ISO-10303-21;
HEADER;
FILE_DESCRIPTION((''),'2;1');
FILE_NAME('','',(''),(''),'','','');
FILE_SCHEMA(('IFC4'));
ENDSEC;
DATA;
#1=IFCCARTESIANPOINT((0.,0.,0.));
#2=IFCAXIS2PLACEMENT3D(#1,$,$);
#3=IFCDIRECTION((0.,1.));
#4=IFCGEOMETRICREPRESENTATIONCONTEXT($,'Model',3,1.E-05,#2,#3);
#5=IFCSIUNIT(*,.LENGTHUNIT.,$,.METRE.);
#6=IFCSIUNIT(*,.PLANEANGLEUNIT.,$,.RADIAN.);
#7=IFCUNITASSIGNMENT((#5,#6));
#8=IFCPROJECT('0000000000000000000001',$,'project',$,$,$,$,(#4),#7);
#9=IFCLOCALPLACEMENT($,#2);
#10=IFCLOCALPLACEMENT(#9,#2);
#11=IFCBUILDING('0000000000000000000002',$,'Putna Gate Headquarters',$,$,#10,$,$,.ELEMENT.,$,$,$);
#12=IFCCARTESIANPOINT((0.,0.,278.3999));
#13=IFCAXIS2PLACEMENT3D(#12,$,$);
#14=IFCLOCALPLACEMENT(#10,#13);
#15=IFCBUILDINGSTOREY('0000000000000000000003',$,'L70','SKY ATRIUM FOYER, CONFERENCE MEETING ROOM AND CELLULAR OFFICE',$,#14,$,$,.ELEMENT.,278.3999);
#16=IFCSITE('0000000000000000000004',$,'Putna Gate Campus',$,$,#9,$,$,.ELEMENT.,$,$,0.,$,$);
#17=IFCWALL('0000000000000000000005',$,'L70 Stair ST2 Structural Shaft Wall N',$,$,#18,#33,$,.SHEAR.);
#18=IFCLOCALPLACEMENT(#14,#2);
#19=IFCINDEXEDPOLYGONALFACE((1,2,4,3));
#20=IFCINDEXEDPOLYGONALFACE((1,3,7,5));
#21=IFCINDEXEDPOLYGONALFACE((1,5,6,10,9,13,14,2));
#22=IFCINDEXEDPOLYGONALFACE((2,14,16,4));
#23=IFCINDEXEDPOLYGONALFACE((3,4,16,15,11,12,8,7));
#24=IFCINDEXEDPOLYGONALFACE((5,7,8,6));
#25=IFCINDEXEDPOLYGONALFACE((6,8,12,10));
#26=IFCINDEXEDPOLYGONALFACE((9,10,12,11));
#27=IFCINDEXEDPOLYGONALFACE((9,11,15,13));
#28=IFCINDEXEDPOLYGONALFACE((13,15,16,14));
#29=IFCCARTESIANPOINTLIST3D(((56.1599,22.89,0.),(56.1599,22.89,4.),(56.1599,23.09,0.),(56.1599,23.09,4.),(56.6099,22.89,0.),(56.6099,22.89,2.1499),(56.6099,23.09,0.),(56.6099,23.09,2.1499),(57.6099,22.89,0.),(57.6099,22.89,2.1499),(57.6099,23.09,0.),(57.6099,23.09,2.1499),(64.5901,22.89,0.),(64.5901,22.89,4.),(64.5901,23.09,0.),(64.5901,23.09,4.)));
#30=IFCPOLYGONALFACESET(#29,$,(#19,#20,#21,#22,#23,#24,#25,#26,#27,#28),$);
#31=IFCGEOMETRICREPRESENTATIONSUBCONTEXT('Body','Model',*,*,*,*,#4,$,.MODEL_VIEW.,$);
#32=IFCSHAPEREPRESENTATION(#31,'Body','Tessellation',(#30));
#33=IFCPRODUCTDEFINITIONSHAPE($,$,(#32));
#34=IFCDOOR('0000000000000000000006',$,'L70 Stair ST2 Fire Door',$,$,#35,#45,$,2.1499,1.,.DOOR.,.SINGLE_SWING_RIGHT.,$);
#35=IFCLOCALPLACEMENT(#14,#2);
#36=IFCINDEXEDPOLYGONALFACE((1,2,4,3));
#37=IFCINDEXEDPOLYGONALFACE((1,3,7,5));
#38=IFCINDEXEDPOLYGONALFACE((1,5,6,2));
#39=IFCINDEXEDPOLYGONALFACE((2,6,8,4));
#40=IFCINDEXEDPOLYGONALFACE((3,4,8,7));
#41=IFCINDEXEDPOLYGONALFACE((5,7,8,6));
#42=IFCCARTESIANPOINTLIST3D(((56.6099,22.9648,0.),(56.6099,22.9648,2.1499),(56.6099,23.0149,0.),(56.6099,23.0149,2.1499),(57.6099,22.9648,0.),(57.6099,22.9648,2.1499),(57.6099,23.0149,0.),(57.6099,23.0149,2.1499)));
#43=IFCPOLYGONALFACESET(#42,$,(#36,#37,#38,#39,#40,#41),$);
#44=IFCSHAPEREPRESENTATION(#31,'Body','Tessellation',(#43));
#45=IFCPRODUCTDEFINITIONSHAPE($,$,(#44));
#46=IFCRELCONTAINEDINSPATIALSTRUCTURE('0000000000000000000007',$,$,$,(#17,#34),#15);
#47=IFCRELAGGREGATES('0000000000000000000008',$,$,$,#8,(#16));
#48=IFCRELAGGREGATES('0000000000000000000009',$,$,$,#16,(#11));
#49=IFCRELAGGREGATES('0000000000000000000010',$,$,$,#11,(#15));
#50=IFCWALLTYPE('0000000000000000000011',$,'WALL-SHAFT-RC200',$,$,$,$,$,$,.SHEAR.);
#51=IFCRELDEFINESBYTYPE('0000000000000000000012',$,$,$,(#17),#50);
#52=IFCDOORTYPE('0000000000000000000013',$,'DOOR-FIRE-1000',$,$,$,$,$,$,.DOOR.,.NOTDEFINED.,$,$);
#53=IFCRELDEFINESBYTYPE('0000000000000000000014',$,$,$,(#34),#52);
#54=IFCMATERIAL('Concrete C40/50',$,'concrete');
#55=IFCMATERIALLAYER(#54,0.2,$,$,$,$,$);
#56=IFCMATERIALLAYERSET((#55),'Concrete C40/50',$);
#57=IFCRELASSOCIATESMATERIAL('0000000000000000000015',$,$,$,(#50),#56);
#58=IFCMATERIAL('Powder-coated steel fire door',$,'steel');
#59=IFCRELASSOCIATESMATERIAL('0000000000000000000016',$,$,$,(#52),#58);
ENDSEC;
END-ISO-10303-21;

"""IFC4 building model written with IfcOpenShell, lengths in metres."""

from ifc_helpers import new_model, si_unit, direction, frame, frame_2d, origin, place, context, subcontext, project, spatial, rectangle, extrude, material, layer, layer_set, type_object, element, fill, save


model = new_model("IFC4")

# Units and contexts
model_context = context("Model", 3, precision=1e-05, world=origin(), true_north=direction((0.0, 1.0)))
body_context = subcontext(model_context, "Body", "Model", "MODEL_VIEW")
ifc_project = project(units=[si_unit("LENGTHUNIT", "METRE"), si_unit("PLANEANGLEUNIT", "RADIAN")], contexts=[model_context])

# Site, building, storey
site_placement = place(None, origin())
site = spatial("IfcSite", under=ifc_project, at=site_placement, Name="Putna Gate Campus", CompositionType="ELEMENT", RefElevation=0.0)
building_placement = place(site_placement, origin())
building = spatial("IfcBuilding", under=site, at=building_placement, Name="Putna Gate Headquarters", CompositionType="ELEMENT")
storey_placement = place(building_placement, frame((0.0, 0.0, 278.3999)))
storey = spatial("IfcBuildingStorey", under=building, at=storey_placement, Name="L70", Description="SKY ATRIUM FOYER, CONFERENCE MEETING ROOM AND CELLULAR OFFICE", CompositionType="ELEMENT", Elevation=278.3999)

# Shared definitions
ifc_material_1 = material(Name="Concrete C40/50", Category="concrete")

# Wall, opening, door
ifc_layer_1 = layer(ifc_material_1, 0.2)
ifc_layer_set_1 = layer_set([ifc_layer_1], Name="Concrete C40/50")
wall_type_1 = type_object("IfcWallType", Name="WALL-SHAFT-RC200", PredefinedType="SHEAR", material=ifc_layer_set_1)
wall_1_placement = place(storey_placement, frame((56.1599, 22.99, 0.0), z_axis=(0.0, 0.0, 1.0), x_axis=(1.0, 0.0, 0.0)))
wall_1 = element("IfcWall", 1, at=wall_1_placement, inside=storey, type_object=wall_type_1, Name="L70 Stair ST2 Structural Shaft Wall N", PredefinedType="SHEAR", context=body_context, shape_type="SweptSolid", body=[
    extrude(rectangle(XDim=8.4302, YDim=0.2, at=frame_2d((4.2151, 0.0))), origin(), (0.0, 0.0, 1.0), 4.0),
])
opening_1_placement = place(wall_1_placement, frame((0.45, 0.0, 0.0)))
opening_1 = element("IfcOpeningElement", 2, at=opening_1_placement, cuts=wall_1, PredefinedType="OPENING", context=body_context, shape_type="SweptSolid", body=[
    extrude(rectangle(XDim=1.0, YDim=2.1499, at=frame_2d((0.5, 1.075))), frame((0.0, 0.1099, 0.0), z_axis=(0.0, -1.0, 0.0), x_axis=(1.0, 0.0, 0.0)), (0.0, 0.0, 1.0), 0.22),
])
ifc_material_2 = material(Name="Powder-coated steel fire door", Category="steel")
door_type_1 = type_object("IfcDoorType", Name="DOOR-FIRE-1000", OperationType="NOTDEFINED", PredefinedType="DOOR", material=ifc_material_2)
door_1_placement = place(opening_1_placement, origin())
door_1 = element("IfcDoor", 3, at=door_1_placement, inside=storey, type_object=door_type_1, Name="L70 Stair ST2 Fire Door", OperationType="SINGLE_SWING_RIGHT", OverallHeight=2.1499, OverallWidth=1.0, PredefinedType="DOOR", context=body_context, shape_type="SweptSolid", body=[
    extrude(rectangle(XDim=1.0, YDim=2.1499, at=frame_2d((0.5, 1.075))), frame((0.0, 0.0249, 0.0), z_axis=(0.0, -1.0, 0.0), x_axis=(1.0, 0.0, 0.0)), (0.0, 0.0, 1.0), 0.05),
])
fill(opening_1, door_1)

save(model, "model.ifc")
